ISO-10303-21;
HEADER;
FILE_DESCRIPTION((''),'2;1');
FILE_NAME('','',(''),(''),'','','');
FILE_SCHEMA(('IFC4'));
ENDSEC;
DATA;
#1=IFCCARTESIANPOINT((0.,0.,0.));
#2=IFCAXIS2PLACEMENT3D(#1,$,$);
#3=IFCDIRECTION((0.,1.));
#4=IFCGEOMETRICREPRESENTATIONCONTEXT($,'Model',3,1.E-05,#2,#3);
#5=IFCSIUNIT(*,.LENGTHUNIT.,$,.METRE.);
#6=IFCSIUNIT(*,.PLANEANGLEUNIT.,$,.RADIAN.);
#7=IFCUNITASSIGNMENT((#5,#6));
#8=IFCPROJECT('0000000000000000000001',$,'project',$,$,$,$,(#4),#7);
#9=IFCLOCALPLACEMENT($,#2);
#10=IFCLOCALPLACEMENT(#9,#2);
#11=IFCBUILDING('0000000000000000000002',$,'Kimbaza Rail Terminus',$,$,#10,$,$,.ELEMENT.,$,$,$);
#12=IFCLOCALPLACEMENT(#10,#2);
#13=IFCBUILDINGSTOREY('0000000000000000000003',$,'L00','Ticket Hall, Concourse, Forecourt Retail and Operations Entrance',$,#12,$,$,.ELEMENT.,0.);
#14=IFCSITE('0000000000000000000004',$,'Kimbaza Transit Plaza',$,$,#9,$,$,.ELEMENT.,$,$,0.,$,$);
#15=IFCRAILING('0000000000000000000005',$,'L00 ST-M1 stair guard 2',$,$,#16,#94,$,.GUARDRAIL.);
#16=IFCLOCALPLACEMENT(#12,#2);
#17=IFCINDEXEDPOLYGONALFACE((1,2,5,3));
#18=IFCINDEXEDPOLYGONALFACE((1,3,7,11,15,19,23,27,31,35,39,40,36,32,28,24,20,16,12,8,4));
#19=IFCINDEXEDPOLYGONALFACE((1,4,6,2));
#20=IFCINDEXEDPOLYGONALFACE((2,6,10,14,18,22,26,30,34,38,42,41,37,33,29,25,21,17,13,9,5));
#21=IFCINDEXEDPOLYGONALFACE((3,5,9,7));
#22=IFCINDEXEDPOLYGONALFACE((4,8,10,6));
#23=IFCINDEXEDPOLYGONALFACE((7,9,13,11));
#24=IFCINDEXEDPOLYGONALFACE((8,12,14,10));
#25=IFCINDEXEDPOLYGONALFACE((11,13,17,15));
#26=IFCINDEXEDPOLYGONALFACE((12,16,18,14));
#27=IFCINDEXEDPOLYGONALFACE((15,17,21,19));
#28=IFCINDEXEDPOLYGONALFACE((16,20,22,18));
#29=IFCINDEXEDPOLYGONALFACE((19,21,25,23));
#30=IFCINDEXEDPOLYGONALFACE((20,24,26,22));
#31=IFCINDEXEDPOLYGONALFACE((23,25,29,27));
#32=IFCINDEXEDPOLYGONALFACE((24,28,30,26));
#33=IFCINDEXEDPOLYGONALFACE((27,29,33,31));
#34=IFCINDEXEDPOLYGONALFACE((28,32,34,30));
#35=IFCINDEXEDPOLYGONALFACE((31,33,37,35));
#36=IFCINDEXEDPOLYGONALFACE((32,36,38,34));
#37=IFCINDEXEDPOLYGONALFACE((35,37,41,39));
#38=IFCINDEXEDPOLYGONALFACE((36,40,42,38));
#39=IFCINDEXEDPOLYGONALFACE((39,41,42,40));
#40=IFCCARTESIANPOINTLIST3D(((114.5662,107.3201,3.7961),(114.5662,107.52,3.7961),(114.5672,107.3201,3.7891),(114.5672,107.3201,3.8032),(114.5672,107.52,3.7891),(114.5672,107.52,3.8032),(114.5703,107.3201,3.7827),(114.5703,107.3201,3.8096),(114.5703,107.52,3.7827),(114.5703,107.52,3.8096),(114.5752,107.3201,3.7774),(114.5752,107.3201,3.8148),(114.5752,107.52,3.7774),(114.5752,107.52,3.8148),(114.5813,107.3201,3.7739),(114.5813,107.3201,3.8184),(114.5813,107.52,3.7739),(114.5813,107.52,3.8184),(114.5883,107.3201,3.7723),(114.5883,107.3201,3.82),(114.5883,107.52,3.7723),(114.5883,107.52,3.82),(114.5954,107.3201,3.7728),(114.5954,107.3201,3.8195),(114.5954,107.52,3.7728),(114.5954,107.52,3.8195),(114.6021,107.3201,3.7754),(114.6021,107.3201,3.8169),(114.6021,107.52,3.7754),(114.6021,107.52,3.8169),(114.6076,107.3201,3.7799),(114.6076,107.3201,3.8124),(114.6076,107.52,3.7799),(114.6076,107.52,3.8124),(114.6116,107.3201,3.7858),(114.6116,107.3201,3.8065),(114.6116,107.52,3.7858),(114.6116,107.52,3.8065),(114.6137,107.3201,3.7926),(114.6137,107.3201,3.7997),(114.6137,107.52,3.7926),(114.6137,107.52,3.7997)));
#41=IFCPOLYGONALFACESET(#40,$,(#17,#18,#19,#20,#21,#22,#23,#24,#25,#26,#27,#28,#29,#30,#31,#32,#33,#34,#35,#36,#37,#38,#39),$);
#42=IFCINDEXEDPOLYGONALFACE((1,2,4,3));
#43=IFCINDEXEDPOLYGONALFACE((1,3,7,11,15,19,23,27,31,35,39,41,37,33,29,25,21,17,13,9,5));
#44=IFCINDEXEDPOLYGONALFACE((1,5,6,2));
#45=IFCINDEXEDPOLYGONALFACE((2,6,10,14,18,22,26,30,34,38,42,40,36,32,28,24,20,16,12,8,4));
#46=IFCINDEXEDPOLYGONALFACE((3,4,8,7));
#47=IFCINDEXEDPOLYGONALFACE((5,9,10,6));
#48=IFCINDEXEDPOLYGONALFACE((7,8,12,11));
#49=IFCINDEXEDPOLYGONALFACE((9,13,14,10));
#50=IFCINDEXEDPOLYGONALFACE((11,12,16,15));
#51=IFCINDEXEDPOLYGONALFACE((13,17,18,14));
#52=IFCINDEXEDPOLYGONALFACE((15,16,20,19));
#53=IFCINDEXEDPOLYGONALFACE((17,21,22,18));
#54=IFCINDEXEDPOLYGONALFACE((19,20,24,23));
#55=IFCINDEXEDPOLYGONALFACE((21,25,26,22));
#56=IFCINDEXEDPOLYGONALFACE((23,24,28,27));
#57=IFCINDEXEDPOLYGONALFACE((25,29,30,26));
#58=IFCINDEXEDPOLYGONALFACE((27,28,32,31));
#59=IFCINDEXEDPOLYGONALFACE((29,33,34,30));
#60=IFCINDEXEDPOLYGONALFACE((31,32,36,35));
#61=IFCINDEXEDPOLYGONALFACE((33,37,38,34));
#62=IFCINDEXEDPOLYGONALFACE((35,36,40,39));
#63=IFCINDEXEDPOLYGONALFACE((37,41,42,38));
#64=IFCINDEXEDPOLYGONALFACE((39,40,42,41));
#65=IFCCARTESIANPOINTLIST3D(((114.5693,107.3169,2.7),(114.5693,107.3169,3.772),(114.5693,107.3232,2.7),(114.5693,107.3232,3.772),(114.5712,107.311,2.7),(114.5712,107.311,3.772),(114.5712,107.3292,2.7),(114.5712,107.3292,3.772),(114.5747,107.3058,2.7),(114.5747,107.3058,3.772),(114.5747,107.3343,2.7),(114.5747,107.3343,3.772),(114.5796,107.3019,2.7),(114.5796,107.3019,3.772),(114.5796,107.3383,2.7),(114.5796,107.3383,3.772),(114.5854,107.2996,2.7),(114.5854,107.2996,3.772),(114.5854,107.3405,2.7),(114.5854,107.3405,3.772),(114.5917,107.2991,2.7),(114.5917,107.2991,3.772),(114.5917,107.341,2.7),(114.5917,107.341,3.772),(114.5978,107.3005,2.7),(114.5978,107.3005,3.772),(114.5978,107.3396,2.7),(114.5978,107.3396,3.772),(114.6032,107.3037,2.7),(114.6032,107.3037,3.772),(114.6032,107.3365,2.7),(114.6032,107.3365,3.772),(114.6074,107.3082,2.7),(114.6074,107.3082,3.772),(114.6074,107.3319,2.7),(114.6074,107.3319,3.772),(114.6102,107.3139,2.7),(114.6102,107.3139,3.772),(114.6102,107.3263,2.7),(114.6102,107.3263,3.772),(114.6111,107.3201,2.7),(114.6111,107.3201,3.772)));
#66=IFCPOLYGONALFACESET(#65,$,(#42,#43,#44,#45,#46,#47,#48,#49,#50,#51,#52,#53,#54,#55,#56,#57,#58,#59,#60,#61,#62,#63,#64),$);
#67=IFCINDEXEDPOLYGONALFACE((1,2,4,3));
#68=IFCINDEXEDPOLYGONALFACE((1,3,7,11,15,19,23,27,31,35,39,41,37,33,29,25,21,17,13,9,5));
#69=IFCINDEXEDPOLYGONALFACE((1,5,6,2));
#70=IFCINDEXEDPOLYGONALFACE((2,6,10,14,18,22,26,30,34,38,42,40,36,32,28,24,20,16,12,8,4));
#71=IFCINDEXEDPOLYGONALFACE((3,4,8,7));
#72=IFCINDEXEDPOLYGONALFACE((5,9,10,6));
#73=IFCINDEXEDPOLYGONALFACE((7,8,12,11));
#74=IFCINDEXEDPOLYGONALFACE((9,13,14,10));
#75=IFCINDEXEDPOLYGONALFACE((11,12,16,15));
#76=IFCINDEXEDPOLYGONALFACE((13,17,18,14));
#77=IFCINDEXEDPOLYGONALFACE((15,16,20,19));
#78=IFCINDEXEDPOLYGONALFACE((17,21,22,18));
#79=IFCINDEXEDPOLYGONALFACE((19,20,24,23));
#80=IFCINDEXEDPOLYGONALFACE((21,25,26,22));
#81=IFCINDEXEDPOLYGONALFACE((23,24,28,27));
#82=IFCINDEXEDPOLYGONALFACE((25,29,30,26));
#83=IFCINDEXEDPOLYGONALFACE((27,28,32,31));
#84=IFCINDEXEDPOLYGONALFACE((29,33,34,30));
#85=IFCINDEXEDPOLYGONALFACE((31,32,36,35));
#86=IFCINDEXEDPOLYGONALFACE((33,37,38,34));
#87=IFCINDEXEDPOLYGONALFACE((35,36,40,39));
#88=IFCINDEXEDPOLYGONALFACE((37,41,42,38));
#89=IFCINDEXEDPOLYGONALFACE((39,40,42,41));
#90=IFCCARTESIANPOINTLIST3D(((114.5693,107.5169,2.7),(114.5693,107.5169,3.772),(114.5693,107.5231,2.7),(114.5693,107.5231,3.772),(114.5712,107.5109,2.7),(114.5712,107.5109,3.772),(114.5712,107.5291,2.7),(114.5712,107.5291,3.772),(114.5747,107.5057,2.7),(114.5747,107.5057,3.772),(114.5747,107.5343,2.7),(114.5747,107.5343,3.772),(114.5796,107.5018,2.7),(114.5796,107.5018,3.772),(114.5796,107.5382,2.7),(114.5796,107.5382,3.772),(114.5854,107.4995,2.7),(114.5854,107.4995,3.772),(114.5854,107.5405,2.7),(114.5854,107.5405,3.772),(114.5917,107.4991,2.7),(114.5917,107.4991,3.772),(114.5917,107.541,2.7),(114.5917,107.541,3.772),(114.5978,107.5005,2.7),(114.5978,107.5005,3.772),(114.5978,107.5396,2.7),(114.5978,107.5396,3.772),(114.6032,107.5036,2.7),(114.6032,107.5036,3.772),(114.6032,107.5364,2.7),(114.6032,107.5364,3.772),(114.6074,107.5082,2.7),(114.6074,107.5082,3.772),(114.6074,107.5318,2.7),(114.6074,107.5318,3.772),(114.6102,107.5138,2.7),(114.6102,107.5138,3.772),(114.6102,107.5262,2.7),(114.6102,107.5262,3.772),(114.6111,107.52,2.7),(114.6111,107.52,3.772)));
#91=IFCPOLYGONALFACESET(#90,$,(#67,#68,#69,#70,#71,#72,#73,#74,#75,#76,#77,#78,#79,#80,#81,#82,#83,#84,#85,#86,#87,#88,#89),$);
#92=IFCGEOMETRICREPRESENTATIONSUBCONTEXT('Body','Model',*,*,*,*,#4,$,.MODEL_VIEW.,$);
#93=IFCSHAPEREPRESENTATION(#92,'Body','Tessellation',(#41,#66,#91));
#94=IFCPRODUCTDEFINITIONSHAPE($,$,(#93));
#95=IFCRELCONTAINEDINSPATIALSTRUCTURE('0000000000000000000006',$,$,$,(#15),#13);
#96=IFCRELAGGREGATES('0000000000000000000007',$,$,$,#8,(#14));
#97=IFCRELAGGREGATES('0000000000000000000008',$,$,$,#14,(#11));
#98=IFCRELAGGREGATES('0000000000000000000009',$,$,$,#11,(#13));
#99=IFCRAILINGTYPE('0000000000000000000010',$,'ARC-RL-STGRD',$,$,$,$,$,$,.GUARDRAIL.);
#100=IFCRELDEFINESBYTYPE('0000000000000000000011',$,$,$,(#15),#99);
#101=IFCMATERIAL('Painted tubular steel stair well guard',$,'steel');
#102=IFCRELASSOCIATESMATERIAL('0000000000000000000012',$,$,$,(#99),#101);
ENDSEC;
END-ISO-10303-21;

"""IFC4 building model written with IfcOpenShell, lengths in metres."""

from ifc_helpers import new_model, si_unit, direction, frame, origin, origin_2d, place, context, subcontext, project, spatial, circle, extrude, material, type_object, element, save


model = new_model("IFC4")

# Units and contexts
model_context = context("Model", 3, precision=1e-05, world=origin(), true_north=direction((0.0, 1.0)))
body_context = subcontext(model_context, "Body", "Model", "MODEL_VIEW")
ifc_project = project(units=[si_unit("LENGTHUNIT", "METRE"), si_unit("PLANEANGLEUNIT", "RADIAN")], contexts=[model_context])

# Site, building, storey
site_placement = place(None, origin())
site = spatial("IfcSite", under=ifc_project, at=site_placement, Name="Kimbaza Transit Plaza", CompositionType="ELEMENT", RefElevation=0.0)
building_placement = place(site_placement, origin())
building = spatial("IfcBuilding", under=site, at=building_placement, Name="Kimbaza Rail Terminus", CompositionType="ELEMENT")
storey_placement = place(building_placement, origin())
storey = spatial("IfcBuildingStorey", under=building, at=storey_placement, Name="L00", Description="Ticket Hall, Concourse, Forecourt Retail and Operations Entrance", CompositionType="ELEMENT", Elevation=0.0)

# Railing
ifc_material_1 = material(Name="Painted tubular steel stair well guard", Category="steel")
railing_type_1 = type_object("IfcRailingType", Name="ARC-RL-STGRD", PredefinedType="GUARDRAIL", material=ifc_material_1)
railing_1_placement = place(storey_placement, frame((114.5901, 107.3201, 2.7)))
element("IfcRailing", 1, at=railing_1_placement, inside=storey, type_object=railing_type_1, Name="L00 ST-M1 stair guard 2", PredefinedType="GUARDRAIL", context=body_context, shape_type="SweptSolid", body=[
    extrude(circle(Radius=0.0239, at=origin_2d()), frame((0.0, 0.0, 1.0962), z_axis=(0.0, 1.0, 0.0), x_axis=(-1.0, 0.0, 0.0)), (0.0, 0.0, 1.0), 0.2),
    extrude(circle(Radius=0.021, at=origin_2d()), origin(), (0.0, 0.0, 1.0), 1.072),
    extrude(circle(Radius=0.021, at=origin_2d()), frame((0.0, 0.2, 0.0)), (0.0, 0.0, 1.0), 1.072),
])

save(model, "model.ifc")
